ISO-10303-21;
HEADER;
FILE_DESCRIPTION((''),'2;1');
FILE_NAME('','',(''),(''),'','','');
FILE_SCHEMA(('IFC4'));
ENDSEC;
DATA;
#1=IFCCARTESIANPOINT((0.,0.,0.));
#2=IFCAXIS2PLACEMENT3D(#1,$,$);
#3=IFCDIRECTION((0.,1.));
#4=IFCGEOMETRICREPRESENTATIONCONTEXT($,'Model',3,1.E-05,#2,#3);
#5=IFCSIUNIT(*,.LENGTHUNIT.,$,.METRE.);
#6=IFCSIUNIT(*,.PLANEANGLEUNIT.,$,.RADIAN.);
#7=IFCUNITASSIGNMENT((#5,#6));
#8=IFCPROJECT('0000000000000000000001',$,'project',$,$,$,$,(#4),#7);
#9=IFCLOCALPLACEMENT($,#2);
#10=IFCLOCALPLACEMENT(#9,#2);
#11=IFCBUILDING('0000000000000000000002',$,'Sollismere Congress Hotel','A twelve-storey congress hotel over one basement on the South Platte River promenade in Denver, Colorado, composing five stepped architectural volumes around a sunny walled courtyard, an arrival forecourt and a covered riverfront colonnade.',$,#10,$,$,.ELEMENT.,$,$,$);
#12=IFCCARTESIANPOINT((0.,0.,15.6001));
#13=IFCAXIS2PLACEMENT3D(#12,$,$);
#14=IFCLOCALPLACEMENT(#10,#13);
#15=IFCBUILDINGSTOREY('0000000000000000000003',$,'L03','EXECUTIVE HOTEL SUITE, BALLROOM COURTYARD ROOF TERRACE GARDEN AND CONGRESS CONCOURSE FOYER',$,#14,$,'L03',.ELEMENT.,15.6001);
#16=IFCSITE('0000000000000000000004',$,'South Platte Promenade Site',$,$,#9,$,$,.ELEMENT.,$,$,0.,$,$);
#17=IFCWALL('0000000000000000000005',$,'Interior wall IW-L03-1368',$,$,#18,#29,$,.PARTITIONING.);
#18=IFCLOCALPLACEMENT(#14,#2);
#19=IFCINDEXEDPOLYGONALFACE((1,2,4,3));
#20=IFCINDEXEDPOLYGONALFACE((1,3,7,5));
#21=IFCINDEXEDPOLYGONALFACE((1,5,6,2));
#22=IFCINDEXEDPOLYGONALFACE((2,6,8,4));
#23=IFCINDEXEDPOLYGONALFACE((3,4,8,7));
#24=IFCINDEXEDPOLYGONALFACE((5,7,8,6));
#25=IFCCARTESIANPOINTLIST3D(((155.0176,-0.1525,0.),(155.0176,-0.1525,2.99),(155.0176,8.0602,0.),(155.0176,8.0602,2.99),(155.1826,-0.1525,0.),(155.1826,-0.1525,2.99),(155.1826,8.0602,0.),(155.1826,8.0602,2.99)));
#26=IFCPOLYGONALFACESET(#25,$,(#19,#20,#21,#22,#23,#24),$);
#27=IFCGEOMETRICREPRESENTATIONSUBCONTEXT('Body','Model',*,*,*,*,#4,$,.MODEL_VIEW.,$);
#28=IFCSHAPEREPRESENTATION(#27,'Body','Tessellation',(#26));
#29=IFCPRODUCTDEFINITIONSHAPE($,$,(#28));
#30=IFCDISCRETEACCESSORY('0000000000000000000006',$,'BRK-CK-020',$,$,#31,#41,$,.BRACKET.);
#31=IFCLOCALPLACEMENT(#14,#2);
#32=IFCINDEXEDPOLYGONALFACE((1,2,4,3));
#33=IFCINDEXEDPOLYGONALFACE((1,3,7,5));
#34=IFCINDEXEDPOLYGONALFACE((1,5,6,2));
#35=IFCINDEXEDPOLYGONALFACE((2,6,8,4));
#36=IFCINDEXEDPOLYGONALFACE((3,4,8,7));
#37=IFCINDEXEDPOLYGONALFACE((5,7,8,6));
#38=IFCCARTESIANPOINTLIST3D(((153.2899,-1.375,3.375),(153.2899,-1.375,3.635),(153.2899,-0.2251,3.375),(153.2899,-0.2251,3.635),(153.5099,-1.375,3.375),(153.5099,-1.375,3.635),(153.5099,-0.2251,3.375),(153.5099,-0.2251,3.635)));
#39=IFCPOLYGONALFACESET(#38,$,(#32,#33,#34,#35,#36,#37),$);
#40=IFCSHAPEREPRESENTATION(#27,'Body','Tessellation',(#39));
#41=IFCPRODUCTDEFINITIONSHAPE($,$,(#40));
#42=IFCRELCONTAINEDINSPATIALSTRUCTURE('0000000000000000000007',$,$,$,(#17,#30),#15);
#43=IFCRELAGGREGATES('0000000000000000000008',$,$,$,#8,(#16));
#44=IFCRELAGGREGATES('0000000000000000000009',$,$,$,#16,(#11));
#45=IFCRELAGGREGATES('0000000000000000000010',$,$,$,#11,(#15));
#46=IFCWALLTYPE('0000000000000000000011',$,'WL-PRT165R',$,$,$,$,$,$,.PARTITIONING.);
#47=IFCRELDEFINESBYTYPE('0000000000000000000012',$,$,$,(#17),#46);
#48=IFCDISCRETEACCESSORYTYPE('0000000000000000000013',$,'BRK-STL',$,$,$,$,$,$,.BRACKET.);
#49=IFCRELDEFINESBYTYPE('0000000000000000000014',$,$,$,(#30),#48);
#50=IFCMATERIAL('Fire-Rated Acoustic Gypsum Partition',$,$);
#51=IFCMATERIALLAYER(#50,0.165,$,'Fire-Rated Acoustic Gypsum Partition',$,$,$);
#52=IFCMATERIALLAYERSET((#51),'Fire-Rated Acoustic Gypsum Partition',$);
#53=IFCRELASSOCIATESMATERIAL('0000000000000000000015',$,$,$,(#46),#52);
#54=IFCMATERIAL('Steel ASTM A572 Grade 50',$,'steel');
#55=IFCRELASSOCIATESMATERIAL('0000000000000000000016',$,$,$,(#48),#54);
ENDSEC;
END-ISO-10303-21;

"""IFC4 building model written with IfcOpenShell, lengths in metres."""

from ifc_helpers import new_model, si_unit, direction, frame, frame_2d, origin, origin_2d, place, context, subcontext, project, spatial, rectangle, extrude, material, layer, layer_set, type_object, element, save


model = new_model("IFC4")

# Units and contexts
model_context = context("Model", 3, precision=1e-05, world=origin(), true_north=direction((0.0, 1.0)))
body_context = subcontext(model_context, "Body", "Model", "MODEL_VIEW")
ifc_project = project(units=[si_unit("LENGTHUNIT", "METRE"), si_unit("PLANEANGLEUNIT", "RADIAN")], contexts=[model_context])

# Site, building, storey
site_placement = place(None, origin())
site = spatial("IfcSite", under=ifc_project, at=site_placement, Name="South Platte Promenade Site", CompositionType="ELEMENT", RefElevation=0.0)
building_placement = place(site_placement, origin())
building = spatial("IfcBuilding", under=site, at=building_placement, Name="Sollismere Congress Hotel", Description="A twelve-storey congress hotel over one basement on the South Platte River promenade in Denver, Colorado, composing five stepped architectural volumes around a sunny walled courtyard, an arrival forecourt and a covered riverfront colonnade.", CompositionType="ELEMENT")
storey_placement = place(building_placement, frame((0.0, 0.0, 15.6001)))
storey = spatial("IfcBuildingStorey", under=building, at=storey_placement, Name="L03", Description="EXECUTIVE HOTEL SUITE, BALLROOM COURTYARD ROOF TERRACE GARDEN AND CONGRESS CONCOURSE FOYER", LongName="L03", CompositionType="ELEMENT", Elevation=15.6001)

# Wall
ifc_material_1 = material(Name="Fire-Rated Acoustic Gypsum Partition")
ifc_layer_1 = layer(ifc_material_1, 0.165, Name="Fire-Rated Acoustic Gypsum Partition")
ifc_layer_set_1 = layer_set([ifc_layer_1], Name="Fire-Rated Acoustic Gypsum Partition")
wall_type_1 = type_object("IfcWallType", Name="WL-PRT165R", PredefinedType="PARTITIONING", material=ifc_layer_set_1)
wall_1_placement = place(storey_placement, frame((155.1001, -0.1526, 0.0), z_axis=(0.0, 0.0, 1.0), x_axis=(0.0, 1.0, 0.0)))
element("IfcWall", 1, at=wall_1_placement, inside=storey, type_object=wall_type_1, Name="Interior wall IW-L03-1368", PredefinedType="PARTITIONING", context=body_context, shape_type="SweptSolid", body=[
    extrude(rectangle(XDim=8.2126, YDim=0.165, at=frame_2d((4.1064, 0.0))), origin(), (0.0, 0.0, 1.0), 2.99),
])

# Discrete accessory
ifc_material_2 = material(Name="Steel ASTM A572 Grade 50", Category="steel")
discrete_accessory_type = type_object("IfcDiscreteAccessoryType", Name="BRK-STL", PredefinedType="BRACKET", material=ifc_material_2)
discrete_accessory_placement = place(storey_placement, frame((153.3999, -0.8, 3.375), z_axis=(0.0, 0.0, 1.0), x_axis=(1.0, 0.0, 0.0)))
element("IfcDiscreteAccessory", 2, at=discrete_accessory_placement, inside=storey, type_object=discrete_accessory_type, Name="BRK-CK-020", PredefinedType="BRACKET", context=body_context, shape_type="SweptSolid", body=[
    extrude(rectangle(XDim=0.22, YDim=1.1499, at=origin_2d()), origin(), (0.0, 0.0, 1.0), 0.26),
])

save(model, "model.ifc")
